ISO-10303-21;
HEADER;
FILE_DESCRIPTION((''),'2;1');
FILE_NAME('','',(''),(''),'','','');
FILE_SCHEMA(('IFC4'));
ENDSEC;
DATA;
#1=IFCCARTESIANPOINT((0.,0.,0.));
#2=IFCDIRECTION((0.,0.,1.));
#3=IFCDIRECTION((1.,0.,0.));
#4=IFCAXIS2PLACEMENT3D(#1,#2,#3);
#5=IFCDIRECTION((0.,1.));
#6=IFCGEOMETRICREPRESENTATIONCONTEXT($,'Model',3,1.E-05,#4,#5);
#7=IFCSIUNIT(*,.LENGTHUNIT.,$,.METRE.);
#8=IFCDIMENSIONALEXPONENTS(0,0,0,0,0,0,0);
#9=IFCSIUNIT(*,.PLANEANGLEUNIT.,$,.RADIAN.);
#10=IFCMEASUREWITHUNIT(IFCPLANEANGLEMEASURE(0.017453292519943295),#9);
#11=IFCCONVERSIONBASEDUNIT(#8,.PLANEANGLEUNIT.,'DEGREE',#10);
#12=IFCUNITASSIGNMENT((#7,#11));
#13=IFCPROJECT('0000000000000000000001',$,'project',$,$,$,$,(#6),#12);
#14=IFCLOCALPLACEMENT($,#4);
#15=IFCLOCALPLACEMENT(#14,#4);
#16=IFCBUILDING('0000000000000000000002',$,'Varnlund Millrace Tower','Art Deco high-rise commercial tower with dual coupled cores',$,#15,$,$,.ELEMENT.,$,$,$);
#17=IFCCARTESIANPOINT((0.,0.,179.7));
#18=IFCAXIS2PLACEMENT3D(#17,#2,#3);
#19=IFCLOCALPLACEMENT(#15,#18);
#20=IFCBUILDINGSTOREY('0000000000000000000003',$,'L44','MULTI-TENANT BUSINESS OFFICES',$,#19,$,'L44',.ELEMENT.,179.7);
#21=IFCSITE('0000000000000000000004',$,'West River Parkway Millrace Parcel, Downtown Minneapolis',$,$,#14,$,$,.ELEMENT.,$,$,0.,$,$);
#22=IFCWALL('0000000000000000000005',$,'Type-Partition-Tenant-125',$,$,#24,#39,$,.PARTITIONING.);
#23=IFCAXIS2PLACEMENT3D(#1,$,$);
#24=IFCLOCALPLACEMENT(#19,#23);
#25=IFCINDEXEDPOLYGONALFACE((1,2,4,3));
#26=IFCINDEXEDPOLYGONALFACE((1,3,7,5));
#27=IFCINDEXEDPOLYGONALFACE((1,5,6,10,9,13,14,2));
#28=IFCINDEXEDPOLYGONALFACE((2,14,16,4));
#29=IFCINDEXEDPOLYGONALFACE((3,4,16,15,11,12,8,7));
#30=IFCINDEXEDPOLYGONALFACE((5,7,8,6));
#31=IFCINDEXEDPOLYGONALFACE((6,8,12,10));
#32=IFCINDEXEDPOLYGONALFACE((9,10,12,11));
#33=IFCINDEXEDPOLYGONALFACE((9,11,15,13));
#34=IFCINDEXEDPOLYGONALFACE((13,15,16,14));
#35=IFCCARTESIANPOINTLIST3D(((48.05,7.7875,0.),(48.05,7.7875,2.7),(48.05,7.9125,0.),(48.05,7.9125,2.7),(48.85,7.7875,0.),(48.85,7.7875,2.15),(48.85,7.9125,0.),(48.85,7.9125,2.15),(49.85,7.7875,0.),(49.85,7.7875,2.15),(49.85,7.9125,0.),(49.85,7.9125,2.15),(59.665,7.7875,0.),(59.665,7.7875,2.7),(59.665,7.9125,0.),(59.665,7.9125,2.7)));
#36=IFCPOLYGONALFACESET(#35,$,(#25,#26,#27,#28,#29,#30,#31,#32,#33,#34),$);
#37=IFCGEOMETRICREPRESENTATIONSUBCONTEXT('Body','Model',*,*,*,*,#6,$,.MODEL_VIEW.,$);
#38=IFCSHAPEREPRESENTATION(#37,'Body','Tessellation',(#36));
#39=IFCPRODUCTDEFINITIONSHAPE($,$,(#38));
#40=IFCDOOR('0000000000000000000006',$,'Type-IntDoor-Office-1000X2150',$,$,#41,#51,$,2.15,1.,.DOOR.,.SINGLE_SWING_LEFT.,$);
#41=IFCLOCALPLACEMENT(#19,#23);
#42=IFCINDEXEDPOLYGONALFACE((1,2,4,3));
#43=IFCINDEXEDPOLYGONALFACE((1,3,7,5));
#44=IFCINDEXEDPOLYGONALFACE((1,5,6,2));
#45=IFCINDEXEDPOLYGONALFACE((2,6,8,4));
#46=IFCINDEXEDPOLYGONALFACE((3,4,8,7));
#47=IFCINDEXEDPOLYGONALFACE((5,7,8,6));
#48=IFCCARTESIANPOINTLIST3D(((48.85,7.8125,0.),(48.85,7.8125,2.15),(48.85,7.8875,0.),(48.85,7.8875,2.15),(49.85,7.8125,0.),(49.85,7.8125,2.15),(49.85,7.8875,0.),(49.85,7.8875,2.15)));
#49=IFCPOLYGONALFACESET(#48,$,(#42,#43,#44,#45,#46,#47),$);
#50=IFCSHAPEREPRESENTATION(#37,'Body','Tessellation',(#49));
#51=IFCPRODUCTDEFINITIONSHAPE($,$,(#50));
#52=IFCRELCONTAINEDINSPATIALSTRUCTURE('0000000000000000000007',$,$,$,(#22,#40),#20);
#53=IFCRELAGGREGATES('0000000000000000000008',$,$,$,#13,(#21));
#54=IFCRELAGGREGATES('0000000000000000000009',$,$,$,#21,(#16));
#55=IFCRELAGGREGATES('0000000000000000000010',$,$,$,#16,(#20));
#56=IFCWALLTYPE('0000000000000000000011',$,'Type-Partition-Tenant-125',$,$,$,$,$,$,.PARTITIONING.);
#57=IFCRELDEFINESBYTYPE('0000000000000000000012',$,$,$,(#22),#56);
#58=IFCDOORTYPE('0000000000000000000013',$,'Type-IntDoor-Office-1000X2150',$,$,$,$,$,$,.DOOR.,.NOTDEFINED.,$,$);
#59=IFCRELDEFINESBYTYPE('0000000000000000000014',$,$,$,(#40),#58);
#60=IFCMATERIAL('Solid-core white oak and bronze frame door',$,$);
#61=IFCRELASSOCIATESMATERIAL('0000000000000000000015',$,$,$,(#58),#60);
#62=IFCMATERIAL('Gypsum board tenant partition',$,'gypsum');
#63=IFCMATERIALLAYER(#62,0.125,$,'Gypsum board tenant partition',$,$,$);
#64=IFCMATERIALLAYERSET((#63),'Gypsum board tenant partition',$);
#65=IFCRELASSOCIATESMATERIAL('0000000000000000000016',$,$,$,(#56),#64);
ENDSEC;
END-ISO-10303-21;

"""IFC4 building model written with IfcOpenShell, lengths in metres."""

from ifc_helpers import new_model, entity, si_unit, converted_unit, direction, frame, origin_with_axes, origin_2d_with_axis, place, context, subcontext, project, spatial, polyline, rectangle, outline, extrude, material, layer, layer_set, type_object, element, fill, save


model = new_model("IFC4")

# Units and contexts
model_context = context("Model", 3, precision=1e-05, world=origin_with_axes(), true_north=direction((0.0, 1.0)))
body_context = subcontext(model_context, "Body", "Model", "MODEL_VIEW")
ifc_project = project(units=[si_unit("LENGTHUNIT", "METRE"), converted_unit("PLANEANGLEUNIT", "DEGREE", entity("IfcPlaneAngleMeasure", 0.017453292519943295), si_unit("PLANEANGLEUNIT", "RADIAN"), dimensions=[0, 0, 0, 0, 0, 0, 0])], contexts=[model_context])

# Site, building, storey
site_placement = place(None, origin_with_axes())
site = spatial("IfcSite", under=ifc_project, at=site_placement, Name="West River Parkway Millrace Parcel, Downtown Minneapolis", CompositionType="ELEMENT", RefElevation=0.0)
building_placement = place(site_placement, origin_with_axes())
building = spatial("IfcBuilding", under=site, at=building_placement, Name="Varnlund Millrace Tower", Description="Art Deco high-rise commercial tower with dual coupled cores", CompositionType="ELEMENT")
storey_placement = place(building_placement, frame((0.0, 0.0, 179.7), z_axis=(0.0, 0.0, 1.0), x_axis=(1.0, 0.0, 0.0)))
storey = spatial("IfcBuildingStorey", under=building, at=storey_placement, Name="L44", Description="MULTI-TENANT BUSINESS OFFICES", LongName="L44", CompositionType="ELEMENT", Elevation=179.7)

# Shared definitions
ifc_material_1 = material(Name="Solid-core white oak and bronze frame door")
door_type = type_object("IfcDoorType", Name="Type-IntDoor-Office-1000X2150", OperationType="NOTDEFINED", PredefinedType="DOOR", material=ifc_material_1)

# Wall, opening, door
ifc_material_2 = material(Name="Gypsum board tenant partition", Category="gypsum")
ifc_layer_1 = layer(ifc_material_2, 0.125, Name="Gypsum board tenant partition")
ifc_layer_set_1 = layer_set([ifc_layer_1], Name="Gypsum board tenant partition")
wall_type_1 = type_object("IfcWallType", Name="Type-Partition-Tenant-125", PredefinedType="PARTITIONING", material=ifc_layer_set_1)
wall_1_placement = place(storey_placement, frame((59.665, 7.85, 0.0), z_axis=(0.0, 0.0, 1.0), x_axis=(-1.0, 0.0, 0.0)))
wall_1 = element("IfcWall", 1, at=wall_1_placement, inside=storey, type_object=wall_type_1, Name="Type-Partition-Tenant-125", PredefinedType="PARTITIONING", context=body_context, shape_type="SweptSolid", body=[
    extrude(outline(polyline([(0.0, -0.0625), (11.615, -0.0625), (11.615, 0.0625), (0.0, 0.0625), (0.0, -0.0625)])), origin_with_axes(), (0.0, 0.0, 1.0), 2.7),
])
opening_1_placement = place(wall_1_placement, frame((10.315, 0.0, 0.0), z_axis=(0.0, 0.0, 1.0), x_axis=(1.0, 0.0, 0.0)))
opening_1 = element("IfcOpeningElement", 2, at=opening_1_placement, cuts=wall_1, PredefinedType="OPENING", context=body_context, shape_type="SweptSolid", body=[
    extrude(rectangle(XDim=1.0, YDim=0.145, at=origin_2d_with_axis()), origin_with_axes(), (0.0, 0.0, 1.0), 2.15),
])
door_1_placement = place(wall_1_placement, frame((10.315, 0.0, 0.0), z_axis=(0.0, 0.0, 1.0), x_axis=(1.0, 0.0, 0.0)))
door_1 = element("IfcDoor", 3, at=door_1_placement, inside=storey, type_object=door_type, Name="Type-IntDoor-Office-1000X2150", OperationType="SINGLE_SWING_LEFT", OverallHeight=2.15, OverallWidth=1.0, PredefinedType="DOOR", context=body_context, shape_type="SweptSolid", body=[
    extrude(rectangle(XDim=1.0, YDim=0.075, at=origin_2d_with_axis()), origin_with_axes(), (0.0, 0.0, 1.0), 2.15),
])
fill(opening_1, door_1)

save(model, "model.ifc")
